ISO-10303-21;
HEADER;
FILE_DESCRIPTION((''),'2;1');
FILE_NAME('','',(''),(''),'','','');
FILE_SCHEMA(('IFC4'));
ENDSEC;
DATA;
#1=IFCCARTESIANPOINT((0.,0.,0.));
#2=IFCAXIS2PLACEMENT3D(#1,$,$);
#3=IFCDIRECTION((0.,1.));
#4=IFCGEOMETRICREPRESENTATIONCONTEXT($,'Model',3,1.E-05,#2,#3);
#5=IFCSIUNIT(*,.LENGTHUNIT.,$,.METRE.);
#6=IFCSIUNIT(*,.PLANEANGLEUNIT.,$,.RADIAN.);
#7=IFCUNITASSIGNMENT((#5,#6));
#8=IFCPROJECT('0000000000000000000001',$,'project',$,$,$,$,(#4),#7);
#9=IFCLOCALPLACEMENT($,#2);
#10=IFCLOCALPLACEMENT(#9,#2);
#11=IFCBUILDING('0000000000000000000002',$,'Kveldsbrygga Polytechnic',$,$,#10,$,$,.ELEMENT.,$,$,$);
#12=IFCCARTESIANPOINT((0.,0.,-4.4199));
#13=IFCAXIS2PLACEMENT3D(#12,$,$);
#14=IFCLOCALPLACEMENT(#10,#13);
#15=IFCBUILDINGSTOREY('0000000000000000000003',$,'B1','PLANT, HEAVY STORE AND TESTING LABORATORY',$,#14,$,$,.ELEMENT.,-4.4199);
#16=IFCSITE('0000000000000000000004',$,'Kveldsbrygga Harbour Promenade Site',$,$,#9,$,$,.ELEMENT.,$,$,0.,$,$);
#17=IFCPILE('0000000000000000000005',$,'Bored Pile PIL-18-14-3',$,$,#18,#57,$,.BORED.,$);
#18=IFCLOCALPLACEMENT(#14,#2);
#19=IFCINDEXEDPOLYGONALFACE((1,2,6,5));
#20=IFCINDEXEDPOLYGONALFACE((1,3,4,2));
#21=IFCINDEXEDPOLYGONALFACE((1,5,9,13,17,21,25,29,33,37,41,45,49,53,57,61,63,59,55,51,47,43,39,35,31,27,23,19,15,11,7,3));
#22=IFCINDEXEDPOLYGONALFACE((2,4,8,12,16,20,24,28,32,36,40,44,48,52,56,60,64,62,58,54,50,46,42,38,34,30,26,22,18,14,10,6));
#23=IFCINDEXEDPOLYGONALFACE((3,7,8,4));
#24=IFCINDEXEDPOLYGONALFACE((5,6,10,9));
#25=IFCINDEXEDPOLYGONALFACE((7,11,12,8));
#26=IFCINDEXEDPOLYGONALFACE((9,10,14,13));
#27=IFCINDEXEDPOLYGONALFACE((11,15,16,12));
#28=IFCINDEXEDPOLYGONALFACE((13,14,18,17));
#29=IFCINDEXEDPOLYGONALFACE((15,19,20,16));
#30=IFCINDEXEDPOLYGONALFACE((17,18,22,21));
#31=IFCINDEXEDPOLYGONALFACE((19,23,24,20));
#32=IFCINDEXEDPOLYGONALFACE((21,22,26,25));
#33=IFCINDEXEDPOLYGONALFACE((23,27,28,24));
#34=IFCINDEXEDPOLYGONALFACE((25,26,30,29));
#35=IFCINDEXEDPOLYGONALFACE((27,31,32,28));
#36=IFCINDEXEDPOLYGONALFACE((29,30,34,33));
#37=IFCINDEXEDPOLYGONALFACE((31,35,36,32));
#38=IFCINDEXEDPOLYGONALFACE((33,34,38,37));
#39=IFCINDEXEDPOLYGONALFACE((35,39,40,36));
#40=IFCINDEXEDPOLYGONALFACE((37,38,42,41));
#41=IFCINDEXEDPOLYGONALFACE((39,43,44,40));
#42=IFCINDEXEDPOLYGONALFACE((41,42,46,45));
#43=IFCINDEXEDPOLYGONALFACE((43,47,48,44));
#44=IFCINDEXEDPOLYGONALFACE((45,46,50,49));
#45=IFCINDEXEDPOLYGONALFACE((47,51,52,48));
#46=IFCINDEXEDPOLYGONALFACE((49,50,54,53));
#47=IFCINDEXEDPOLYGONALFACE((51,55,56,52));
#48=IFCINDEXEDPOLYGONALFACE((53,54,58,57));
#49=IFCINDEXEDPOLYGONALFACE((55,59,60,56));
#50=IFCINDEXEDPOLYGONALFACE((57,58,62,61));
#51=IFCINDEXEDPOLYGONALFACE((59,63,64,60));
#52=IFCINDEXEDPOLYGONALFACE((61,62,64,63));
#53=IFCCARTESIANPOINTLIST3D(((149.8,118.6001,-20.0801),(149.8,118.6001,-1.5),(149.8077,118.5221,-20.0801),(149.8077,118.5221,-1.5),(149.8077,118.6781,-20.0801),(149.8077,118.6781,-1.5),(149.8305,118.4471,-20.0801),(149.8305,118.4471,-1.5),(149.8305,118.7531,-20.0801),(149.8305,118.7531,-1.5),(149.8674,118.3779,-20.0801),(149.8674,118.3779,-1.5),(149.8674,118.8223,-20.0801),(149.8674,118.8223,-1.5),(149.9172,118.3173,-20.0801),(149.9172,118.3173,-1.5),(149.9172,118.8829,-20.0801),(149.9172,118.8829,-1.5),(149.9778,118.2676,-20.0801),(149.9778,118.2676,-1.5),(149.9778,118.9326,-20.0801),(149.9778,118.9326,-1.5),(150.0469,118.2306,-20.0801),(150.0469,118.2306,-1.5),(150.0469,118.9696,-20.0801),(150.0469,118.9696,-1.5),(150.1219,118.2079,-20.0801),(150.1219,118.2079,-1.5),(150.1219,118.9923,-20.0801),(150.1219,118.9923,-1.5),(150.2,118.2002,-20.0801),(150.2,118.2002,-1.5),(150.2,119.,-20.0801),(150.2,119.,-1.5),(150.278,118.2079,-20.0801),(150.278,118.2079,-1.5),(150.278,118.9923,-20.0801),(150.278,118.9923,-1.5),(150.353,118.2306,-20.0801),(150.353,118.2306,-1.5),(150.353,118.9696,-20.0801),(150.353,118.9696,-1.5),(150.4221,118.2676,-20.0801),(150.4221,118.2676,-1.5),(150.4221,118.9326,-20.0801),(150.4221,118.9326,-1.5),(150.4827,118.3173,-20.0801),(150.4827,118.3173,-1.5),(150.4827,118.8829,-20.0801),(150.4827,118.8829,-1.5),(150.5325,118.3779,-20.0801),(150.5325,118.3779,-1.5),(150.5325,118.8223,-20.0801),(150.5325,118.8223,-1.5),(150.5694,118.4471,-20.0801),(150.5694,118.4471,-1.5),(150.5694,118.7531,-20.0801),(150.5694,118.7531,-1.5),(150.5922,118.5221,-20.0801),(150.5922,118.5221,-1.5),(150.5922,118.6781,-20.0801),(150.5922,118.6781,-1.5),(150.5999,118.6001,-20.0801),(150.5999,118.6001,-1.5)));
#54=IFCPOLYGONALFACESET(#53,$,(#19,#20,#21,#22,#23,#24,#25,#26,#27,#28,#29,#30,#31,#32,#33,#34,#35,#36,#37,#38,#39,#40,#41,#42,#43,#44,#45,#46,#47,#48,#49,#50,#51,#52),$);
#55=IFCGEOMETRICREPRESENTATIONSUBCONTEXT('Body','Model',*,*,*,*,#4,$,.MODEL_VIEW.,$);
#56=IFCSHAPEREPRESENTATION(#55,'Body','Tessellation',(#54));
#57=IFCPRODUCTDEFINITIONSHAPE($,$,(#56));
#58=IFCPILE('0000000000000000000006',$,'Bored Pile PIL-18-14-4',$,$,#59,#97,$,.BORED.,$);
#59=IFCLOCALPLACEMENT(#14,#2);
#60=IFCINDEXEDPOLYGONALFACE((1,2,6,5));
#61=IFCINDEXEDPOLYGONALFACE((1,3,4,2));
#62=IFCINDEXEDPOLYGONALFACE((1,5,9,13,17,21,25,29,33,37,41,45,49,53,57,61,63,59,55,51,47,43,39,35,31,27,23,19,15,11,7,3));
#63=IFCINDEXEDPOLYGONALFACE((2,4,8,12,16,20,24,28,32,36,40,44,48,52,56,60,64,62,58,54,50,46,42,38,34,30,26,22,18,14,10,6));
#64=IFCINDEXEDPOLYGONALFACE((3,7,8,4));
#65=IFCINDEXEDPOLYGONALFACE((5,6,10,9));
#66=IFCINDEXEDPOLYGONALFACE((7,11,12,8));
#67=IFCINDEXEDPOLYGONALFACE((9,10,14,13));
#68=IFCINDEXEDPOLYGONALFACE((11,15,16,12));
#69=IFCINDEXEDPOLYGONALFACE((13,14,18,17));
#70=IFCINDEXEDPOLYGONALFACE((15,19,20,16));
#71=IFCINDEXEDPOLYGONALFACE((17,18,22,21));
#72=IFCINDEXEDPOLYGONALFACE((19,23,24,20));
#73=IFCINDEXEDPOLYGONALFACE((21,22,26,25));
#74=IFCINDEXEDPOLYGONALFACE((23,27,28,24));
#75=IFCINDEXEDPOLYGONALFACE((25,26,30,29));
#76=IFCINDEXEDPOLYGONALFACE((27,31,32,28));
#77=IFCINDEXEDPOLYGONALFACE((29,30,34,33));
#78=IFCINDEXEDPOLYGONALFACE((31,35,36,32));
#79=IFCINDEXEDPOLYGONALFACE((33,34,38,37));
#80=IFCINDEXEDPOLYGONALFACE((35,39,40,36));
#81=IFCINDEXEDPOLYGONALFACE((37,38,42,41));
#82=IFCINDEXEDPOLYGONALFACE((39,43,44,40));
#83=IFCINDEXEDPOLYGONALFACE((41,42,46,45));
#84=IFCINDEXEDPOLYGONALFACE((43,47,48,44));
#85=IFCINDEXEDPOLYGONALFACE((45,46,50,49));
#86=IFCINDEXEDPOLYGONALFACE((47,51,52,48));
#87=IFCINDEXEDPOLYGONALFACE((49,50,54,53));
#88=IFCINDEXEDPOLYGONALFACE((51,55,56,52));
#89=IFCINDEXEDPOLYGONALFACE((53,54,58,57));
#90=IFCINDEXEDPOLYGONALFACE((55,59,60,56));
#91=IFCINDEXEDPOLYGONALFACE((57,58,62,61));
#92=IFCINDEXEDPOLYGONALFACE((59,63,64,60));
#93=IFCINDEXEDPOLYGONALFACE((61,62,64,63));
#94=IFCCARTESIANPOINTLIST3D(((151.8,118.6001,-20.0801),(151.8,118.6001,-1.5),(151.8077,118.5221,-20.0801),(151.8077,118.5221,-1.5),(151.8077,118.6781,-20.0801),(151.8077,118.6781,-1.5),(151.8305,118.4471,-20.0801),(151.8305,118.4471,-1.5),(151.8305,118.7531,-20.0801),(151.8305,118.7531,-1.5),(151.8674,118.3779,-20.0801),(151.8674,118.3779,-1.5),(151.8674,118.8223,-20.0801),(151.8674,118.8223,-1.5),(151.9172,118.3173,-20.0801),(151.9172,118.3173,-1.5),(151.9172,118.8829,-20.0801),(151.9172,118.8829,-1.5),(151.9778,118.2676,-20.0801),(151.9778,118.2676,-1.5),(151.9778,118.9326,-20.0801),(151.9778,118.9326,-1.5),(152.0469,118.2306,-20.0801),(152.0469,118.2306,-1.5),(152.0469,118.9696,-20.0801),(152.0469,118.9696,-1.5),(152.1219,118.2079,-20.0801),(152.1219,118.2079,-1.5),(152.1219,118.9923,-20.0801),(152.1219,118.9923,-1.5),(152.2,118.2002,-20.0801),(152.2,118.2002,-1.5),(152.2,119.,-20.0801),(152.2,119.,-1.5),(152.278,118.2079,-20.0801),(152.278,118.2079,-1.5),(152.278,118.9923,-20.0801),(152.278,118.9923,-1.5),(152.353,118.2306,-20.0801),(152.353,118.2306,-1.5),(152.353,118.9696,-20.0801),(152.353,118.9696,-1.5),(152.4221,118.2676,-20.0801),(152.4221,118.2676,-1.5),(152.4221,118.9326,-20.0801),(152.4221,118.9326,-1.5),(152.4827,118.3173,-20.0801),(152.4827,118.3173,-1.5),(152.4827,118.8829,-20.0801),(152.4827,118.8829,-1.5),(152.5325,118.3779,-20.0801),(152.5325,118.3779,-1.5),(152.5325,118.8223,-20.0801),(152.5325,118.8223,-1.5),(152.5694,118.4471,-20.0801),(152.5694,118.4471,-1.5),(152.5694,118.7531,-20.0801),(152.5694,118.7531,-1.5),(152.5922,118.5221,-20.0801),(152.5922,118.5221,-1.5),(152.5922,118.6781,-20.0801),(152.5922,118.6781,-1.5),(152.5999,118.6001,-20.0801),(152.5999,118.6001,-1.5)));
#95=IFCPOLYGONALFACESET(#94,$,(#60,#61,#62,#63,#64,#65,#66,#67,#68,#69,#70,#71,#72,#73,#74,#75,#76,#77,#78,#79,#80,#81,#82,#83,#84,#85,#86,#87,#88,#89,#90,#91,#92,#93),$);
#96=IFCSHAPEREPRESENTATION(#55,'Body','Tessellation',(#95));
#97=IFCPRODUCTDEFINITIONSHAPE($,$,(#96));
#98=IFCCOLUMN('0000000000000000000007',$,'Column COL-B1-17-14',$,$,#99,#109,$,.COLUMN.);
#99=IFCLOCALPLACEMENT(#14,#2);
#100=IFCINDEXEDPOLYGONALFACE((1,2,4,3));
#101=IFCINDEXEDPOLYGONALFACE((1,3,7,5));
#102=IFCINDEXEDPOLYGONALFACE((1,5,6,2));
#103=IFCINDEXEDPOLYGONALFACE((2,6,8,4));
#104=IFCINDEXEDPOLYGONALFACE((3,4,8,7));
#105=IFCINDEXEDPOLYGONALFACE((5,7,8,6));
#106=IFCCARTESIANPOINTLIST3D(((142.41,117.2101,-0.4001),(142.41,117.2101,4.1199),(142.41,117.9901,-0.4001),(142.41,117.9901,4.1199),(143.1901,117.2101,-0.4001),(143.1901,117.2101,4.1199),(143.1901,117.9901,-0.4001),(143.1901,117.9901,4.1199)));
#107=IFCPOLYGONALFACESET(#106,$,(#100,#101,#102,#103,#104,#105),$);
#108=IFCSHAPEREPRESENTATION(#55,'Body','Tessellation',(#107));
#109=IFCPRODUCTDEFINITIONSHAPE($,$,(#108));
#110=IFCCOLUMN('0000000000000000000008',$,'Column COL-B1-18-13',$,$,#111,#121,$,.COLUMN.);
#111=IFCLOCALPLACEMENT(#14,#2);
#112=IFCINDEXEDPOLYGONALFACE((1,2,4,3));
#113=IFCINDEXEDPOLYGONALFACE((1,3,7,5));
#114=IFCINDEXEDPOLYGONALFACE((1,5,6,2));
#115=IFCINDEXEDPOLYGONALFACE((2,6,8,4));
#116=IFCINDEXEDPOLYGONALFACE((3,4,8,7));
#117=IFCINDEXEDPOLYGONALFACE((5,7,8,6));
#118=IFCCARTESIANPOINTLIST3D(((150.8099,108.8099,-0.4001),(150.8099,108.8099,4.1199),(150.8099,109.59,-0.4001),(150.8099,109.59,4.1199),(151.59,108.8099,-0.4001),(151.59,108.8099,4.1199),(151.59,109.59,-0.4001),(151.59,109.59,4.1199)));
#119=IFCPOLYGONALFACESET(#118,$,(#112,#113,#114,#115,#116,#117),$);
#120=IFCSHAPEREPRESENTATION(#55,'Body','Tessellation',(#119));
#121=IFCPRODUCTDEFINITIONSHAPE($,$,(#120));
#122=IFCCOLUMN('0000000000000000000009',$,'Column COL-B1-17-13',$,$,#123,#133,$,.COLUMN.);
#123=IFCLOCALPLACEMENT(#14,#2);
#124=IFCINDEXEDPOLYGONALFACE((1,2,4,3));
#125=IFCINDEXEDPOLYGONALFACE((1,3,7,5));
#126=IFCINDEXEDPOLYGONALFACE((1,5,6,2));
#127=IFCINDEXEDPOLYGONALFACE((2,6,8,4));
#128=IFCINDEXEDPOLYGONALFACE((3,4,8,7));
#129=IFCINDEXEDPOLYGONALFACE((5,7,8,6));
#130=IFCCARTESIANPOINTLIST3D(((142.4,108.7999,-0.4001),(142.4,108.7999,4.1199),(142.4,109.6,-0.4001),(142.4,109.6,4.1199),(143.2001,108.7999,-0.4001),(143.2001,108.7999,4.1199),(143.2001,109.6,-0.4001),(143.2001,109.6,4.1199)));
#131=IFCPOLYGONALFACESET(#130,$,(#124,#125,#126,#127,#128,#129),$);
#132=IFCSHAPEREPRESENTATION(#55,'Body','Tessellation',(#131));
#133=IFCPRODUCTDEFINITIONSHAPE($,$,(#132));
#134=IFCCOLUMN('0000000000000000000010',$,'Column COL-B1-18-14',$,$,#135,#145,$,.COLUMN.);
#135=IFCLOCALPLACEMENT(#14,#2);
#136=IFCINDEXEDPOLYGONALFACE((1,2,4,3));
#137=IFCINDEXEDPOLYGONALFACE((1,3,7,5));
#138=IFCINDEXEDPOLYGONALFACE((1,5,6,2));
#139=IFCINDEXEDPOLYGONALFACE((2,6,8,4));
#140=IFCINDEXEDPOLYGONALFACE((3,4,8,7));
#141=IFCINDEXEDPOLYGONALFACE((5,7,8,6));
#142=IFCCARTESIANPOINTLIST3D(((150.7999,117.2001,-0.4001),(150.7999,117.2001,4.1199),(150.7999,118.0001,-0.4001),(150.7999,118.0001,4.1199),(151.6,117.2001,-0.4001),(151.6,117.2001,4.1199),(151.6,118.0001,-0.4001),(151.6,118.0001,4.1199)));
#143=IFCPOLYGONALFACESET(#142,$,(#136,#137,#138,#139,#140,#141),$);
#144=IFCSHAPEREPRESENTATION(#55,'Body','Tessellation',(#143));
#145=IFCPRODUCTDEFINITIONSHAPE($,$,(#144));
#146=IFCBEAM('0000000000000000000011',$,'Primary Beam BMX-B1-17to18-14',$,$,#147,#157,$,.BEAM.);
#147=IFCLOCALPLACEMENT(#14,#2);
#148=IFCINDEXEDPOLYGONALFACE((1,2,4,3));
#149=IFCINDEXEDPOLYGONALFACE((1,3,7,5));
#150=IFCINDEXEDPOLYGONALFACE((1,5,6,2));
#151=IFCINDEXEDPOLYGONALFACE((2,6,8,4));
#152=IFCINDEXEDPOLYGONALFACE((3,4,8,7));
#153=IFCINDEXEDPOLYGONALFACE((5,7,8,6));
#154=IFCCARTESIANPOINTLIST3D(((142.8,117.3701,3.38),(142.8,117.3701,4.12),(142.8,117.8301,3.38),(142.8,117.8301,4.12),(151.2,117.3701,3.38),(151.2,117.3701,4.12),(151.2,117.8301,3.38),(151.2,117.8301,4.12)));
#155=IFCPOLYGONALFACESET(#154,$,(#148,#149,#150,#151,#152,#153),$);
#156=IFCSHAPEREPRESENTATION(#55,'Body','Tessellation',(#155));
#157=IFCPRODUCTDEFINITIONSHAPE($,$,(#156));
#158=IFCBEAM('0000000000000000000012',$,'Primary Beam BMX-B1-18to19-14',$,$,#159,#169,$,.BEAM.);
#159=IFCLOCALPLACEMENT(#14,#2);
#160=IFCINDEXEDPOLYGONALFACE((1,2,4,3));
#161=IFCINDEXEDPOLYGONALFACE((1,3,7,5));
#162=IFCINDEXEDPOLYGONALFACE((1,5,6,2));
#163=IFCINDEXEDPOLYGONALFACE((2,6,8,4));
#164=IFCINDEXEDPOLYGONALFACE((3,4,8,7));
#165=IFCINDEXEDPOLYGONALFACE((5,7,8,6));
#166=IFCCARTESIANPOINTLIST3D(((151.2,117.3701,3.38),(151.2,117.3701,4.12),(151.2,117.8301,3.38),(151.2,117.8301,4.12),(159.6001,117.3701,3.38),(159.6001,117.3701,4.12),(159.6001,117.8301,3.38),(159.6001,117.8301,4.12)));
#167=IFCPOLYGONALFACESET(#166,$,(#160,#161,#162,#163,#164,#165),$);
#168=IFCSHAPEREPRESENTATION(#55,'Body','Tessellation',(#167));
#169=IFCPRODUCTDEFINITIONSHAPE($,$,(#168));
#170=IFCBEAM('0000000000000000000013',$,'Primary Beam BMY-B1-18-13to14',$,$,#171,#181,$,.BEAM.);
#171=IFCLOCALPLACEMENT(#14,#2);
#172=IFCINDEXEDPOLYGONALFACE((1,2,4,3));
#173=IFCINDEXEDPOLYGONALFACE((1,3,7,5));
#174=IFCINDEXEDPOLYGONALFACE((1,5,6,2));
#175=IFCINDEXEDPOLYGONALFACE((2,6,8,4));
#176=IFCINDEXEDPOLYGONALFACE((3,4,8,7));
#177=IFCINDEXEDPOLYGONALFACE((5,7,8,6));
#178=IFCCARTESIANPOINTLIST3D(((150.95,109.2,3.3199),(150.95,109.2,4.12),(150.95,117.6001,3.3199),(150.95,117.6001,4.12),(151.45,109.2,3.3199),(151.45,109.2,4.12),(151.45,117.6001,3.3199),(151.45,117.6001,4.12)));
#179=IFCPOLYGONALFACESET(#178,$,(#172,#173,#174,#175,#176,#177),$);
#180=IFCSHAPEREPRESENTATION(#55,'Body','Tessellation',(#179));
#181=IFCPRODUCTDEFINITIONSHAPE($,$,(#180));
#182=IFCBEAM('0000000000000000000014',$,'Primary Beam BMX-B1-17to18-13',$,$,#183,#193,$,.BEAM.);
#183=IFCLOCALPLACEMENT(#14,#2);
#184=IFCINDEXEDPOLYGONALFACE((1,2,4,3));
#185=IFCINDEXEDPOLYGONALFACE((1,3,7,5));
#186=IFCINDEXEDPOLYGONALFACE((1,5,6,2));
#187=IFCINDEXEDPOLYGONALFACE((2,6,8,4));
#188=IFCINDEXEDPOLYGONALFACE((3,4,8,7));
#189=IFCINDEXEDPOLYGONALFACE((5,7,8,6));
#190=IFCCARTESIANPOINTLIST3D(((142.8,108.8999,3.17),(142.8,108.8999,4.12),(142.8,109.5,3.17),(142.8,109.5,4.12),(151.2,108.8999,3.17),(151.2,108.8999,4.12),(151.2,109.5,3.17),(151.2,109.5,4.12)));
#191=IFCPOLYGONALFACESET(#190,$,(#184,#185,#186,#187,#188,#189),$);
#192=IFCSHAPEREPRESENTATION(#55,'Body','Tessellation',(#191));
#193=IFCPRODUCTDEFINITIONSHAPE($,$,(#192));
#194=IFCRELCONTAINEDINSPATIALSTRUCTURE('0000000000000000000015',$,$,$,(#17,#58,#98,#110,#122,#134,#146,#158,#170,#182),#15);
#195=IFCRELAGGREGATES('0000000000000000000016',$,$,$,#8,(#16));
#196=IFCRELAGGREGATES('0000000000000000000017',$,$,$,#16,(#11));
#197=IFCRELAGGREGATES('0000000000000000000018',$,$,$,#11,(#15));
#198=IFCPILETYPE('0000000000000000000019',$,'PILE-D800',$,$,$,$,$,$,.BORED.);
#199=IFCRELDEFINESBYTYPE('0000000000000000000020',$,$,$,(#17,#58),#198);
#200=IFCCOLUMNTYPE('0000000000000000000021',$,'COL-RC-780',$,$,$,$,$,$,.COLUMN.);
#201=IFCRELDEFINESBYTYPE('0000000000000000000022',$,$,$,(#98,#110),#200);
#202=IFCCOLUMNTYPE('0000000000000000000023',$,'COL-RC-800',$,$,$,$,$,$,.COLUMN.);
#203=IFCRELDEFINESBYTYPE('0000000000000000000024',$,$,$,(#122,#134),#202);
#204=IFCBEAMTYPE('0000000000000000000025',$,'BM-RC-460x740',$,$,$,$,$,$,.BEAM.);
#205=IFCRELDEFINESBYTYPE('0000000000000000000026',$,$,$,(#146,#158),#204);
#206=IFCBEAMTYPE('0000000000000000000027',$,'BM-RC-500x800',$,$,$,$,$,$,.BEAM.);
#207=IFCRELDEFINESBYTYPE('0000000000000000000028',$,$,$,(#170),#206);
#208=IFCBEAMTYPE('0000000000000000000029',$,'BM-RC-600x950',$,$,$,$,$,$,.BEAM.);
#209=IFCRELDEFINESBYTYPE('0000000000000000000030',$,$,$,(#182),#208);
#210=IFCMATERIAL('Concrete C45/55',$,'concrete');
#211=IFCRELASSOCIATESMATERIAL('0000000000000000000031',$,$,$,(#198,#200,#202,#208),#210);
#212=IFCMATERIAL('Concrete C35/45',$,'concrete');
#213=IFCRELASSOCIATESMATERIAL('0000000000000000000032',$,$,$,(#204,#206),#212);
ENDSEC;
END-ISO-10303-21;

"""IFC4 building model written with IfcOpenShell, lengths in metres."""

from ifc_helpers import new_model, si_unit, direction, frame, origin, origin_2d, place, context, subcontext, project, spatial, rectangle, circle, extrude, material, material_profile, profile_set, type_object, element, save


model = new_model("IFC4")

# Units and contexts
model_context = context("Model", 3, precision=1e-05, world=origin(), true_north=direction((0.0, 1.0)))
body_context = subcontext(model_context, "Body", "Model", "MODEL_VIEW")
ifc_project = project(units=[si_unit("LENGTHUNIT", "METRE"), si_unit("PLANEANGLEUNIT", "RADIAN")], contexts=[model_context])

# Site, building, storey
site_placement = place(None, origin())
site = spatial("IfcSite", under=ifc_project, at=site_placement, Name="Kveldsbrygga Harbour Promenade Site", CompositionType="ELEMENT", RefElevation=0.0)
building_placement = place(site_placement, origin())
building = spatial("IfcBuilding", under=site, at=building_placement, Name="Kveldsbrygga Polytechnic", CompositionType="ELEMENT")
storey_placement = place(building_placement, frame((0.0, 0.0, -4.4199)))
storey = spatial("IfcBuildingStorey", under=building, at=storey_placement, Name="B1", Description="PLANT, HEAVY STORE AND TESTING LABORATORY", CompositionType="ELEMENT", Elevation=-4.4199)

# Shared definitions
ifc_material_1 = material(Name="Concrete C45/55", Category="concrete")

# Piles
ifc_material_profile_1 = material_profile(ifc_material_1, circle(Radius=0.3999, at=origin_2d()), Name="PILE D800")
ifc_profile_set_1 = profile_set([ifc_material_profile_1], Name="Concrete C45/55")
pile_type = type_object("IfcPileType", Name="PILE-D800", PredefinedType="BORED", material=ifc_profile_set_1)
for number, where, z_axis, x_axis, name in (
    (1, (150.2, 118.6001, -1.5), (0.0, 0.0, -1.0), (1.0, 0.0, 0.0), "Bored Pile PIL-18-14-3"),
    (2, (152.2, 118.6001, -1.5), (0.0, 0.0, -1.0), (1.0, 0.0, 0.0), "Bored Pile PIL-18-14-4"),
):
    element("IfcPile", number, at=place(storey_placement, frame(where, z_axis=z_axis, x_axis=x_axis)), inside=storey, type_object=pile_type, Name=name, PredefinedType="BORED", context=body_context, shape_type="SweptSolid", body=[
        extrude(circle(Radius=0.3999, at=origin_2d()), origin(), (0.0, 0.0, 1.0), 18.5801),
    ])

# Columns
ifc_material_profile_2 = material_profile(ifc_material_1, rectangle(XDim=0.78, YDim=0.78, at=origin_2d()), Name="RC 780x780")
ifc_profile_set_2 = profile_set([ifc_material_profile_2], Name="Concrete C45/55")
column_type_1 = type_object("IfcColumnType", Name="COL-RC-780", PredefinedType="COLUMN", material=ifc_profile_set_2)
for number, where, z_axis, x_axis, name in (
    (3, (142.8, 117.6001, -0.4001), (0.0, 0.0, 1.0), (1.0, 0.0, 0.0), "Column COL-B1-17-14"),
    (4, (151.2, 109.2, -0.4001), (0.0, 0.0, 1.0), (1.0, 0.0, 0.0), "Column COL-B1-18-13"),
):
    element("IfcColumn", number, at=place(storey_placement, frame(where, z_axis=z_axis, x_axis=x_axis)), inside=storey, type_object=column_type_1, Name=name, PredefinedType="COLUMN", context=body_context, shape_type="SweptSolid", body=[
        extrude(rectangle(XDim=0.78, YDim=0.78, at=origin_2d()), origin(), (0.0, 0.0, 1.0), 4.52),
    ])
ifc_material_profile_3 = material_profile(ifc_material_1, rectangle(XDim=0.8, YDim=0.8, at=origin_2d()), Name="RC 800x800")
ifc_profile_set_3 = profile_set([ifc_material_profile_3], Name="Concrete C45/55")
column_type_2 = type_object("IfcColumnType", Name="COL-RC-800", PredefinedType="COLUMN", material=ifc_profile_set_3)
for number, where, z_axis, x_axis, name in (
    (5, (142.8, 109.2, -0.4001), (0.0, 0.0, 1.0), (1.0, 0.0, 0.0), "Column COL-B1-17-13"),
    (6, (151.2, 117.6001, -0.4001), (0.0, 0.0, 1.0), (1.0, 0.0, 0.0), "Column COL-B1-18-14"),
):
    element("IfcColumn", number, at=place(storey_placement, frame(where, z_axis=z_axis, x_axis=x_axis)), inside=storey, type_object=column_type_2, Name=name, PredefinedType="COLUMN", context=body_context, shape_type="SweptSolid", body=[
        extrude(rectangle(XDim=0.8, YDim=0.8, at=origin_2d()), origin(), (0.0, 0.0, 1.0), 4.52),
    ])

# Beams
ifc_material_2 = material(Name="Concrete C35/45", Category="concrete")
ifc_material_profile_4 = material_profile(ifc_material_2, rectangle(XDim=0.46, YDim=0.74, at=origin_2d()), Name="RC 460x740")
ifc_profile_set_4 = profile_set([ifc_material_profile_4], Name="Concrete C35/45")
beam_type_1 = type_object("IfcBeamType", Name="BM-RC-460x740", PredefinedType="BEAM", material=ifc_profile_set_4)
beam_1_placement = place(storey_placement, frame((142.8, 117.6001, 3.75), z_axis=(1.0, 0.0, 0.0), x_axis=(0.0, 1.0, 0.0)))
element("IfcBeam", 7, at=beam_1_placement, inside=storey, type_object=beam_type_1, Name="Primary Beam BMX-B1-17to18-14", PredefinedType="BEAM", context=body_context, shape_type="SweptSolid", body=[
    extrude(rectangle(XDim=0.46, YDim=0.74, at=origin_2d()), origin(), (0.0, 0.0, 1.0), 8.3999),
])
beam_2_placement = place(storey_placement, frame((151.2, 117.6001, 3.75), z_axis=(1.0, 0.0, 0.0), x_axis=(0.0, 1.0, 0.0)))
element("IfcBeam", 8, at=beam_2_placement, inside=storey, type_object=beam_type_1, Name="Primary Beam BMX-B1-18to19-14", PredefinedType="BEAM", context=body_context, shape_type="SweptSolid", body=[
    extrude(rectangle(XDim=0.46, YDim=0.74, at=origin_2d()), origin(), (0.0, 0.0, 1.0), 8.4001),
])
ifc_material_profile_5 = material_profile(ifc_material_2, rectangle(XDim=0.5, YDim=0.8, at=origin_2d()), Name="RC 500x800")
ifc_profile_set_5 = profile_set([ifc_material_profile_5], Name="Concrete C35/45")
beam_type_2 = type_object("IfcBeamType", Name="BM-RC-500x800", PredefinedType="BEAM", material=ifc_profile_set_5)
beam_3_placement = place(storey_placement, frame((151.2, 109.2, 3.72), z_axis=(0.0, 1.0, 0.0), x_axis=(-1.0, 0.0, 0.0)))
element("IfcBeam", 9, at=beam_3_placement, inside=storey, type_object=beam_type_2, Name="Primary Beam BMY-B1-18-13to14", PredefinedType="BEAM", context=body_context, shape_type="SweptSolid", body=[
    extrude(rectangle(XDim=0.5, YDim=0.8, at=origin_2d()), origin(), (0.0, 0.0, 1.0), 8.4001),
])
ifc_material_profile_6 = material_profile(ifc_material_1, rectangle(XDim=0.6001, YDim=0.95, at=origin_2d()), Name="RC 600x950")
ifc_profile_set_6 = profile_set([ifc_material_profile_6], Name="Concrete C45/55")
beam_type_3 = type_object("IfcBeamType", Name="BM-RC-600x950", PredefinedType="BEAM", material=ifc_profile_set_6)
beam_4_placement = place(storey_placement, frame((142.8, 109.2, 3.645), z_axis=(1.0, 0.0, 0.0), x_axis=(0.0, 1.0, 0.0)))
element("IfcBeam", 10, at=beam_4_placement, inside=storey, type_object=beam_type_3, Name="Primary Beam BMX-B1-17to18-13", PredefinedType="BEAM", context=body_context, shape_type="SweptSolid", body=[
    extrude(rectangle(XDim=0.6001, YDim=0.95, at=origin_2d()), origin(), (0.0, 0.0, 1.0), 8.3999),
])

save(model, "model.ifc")
